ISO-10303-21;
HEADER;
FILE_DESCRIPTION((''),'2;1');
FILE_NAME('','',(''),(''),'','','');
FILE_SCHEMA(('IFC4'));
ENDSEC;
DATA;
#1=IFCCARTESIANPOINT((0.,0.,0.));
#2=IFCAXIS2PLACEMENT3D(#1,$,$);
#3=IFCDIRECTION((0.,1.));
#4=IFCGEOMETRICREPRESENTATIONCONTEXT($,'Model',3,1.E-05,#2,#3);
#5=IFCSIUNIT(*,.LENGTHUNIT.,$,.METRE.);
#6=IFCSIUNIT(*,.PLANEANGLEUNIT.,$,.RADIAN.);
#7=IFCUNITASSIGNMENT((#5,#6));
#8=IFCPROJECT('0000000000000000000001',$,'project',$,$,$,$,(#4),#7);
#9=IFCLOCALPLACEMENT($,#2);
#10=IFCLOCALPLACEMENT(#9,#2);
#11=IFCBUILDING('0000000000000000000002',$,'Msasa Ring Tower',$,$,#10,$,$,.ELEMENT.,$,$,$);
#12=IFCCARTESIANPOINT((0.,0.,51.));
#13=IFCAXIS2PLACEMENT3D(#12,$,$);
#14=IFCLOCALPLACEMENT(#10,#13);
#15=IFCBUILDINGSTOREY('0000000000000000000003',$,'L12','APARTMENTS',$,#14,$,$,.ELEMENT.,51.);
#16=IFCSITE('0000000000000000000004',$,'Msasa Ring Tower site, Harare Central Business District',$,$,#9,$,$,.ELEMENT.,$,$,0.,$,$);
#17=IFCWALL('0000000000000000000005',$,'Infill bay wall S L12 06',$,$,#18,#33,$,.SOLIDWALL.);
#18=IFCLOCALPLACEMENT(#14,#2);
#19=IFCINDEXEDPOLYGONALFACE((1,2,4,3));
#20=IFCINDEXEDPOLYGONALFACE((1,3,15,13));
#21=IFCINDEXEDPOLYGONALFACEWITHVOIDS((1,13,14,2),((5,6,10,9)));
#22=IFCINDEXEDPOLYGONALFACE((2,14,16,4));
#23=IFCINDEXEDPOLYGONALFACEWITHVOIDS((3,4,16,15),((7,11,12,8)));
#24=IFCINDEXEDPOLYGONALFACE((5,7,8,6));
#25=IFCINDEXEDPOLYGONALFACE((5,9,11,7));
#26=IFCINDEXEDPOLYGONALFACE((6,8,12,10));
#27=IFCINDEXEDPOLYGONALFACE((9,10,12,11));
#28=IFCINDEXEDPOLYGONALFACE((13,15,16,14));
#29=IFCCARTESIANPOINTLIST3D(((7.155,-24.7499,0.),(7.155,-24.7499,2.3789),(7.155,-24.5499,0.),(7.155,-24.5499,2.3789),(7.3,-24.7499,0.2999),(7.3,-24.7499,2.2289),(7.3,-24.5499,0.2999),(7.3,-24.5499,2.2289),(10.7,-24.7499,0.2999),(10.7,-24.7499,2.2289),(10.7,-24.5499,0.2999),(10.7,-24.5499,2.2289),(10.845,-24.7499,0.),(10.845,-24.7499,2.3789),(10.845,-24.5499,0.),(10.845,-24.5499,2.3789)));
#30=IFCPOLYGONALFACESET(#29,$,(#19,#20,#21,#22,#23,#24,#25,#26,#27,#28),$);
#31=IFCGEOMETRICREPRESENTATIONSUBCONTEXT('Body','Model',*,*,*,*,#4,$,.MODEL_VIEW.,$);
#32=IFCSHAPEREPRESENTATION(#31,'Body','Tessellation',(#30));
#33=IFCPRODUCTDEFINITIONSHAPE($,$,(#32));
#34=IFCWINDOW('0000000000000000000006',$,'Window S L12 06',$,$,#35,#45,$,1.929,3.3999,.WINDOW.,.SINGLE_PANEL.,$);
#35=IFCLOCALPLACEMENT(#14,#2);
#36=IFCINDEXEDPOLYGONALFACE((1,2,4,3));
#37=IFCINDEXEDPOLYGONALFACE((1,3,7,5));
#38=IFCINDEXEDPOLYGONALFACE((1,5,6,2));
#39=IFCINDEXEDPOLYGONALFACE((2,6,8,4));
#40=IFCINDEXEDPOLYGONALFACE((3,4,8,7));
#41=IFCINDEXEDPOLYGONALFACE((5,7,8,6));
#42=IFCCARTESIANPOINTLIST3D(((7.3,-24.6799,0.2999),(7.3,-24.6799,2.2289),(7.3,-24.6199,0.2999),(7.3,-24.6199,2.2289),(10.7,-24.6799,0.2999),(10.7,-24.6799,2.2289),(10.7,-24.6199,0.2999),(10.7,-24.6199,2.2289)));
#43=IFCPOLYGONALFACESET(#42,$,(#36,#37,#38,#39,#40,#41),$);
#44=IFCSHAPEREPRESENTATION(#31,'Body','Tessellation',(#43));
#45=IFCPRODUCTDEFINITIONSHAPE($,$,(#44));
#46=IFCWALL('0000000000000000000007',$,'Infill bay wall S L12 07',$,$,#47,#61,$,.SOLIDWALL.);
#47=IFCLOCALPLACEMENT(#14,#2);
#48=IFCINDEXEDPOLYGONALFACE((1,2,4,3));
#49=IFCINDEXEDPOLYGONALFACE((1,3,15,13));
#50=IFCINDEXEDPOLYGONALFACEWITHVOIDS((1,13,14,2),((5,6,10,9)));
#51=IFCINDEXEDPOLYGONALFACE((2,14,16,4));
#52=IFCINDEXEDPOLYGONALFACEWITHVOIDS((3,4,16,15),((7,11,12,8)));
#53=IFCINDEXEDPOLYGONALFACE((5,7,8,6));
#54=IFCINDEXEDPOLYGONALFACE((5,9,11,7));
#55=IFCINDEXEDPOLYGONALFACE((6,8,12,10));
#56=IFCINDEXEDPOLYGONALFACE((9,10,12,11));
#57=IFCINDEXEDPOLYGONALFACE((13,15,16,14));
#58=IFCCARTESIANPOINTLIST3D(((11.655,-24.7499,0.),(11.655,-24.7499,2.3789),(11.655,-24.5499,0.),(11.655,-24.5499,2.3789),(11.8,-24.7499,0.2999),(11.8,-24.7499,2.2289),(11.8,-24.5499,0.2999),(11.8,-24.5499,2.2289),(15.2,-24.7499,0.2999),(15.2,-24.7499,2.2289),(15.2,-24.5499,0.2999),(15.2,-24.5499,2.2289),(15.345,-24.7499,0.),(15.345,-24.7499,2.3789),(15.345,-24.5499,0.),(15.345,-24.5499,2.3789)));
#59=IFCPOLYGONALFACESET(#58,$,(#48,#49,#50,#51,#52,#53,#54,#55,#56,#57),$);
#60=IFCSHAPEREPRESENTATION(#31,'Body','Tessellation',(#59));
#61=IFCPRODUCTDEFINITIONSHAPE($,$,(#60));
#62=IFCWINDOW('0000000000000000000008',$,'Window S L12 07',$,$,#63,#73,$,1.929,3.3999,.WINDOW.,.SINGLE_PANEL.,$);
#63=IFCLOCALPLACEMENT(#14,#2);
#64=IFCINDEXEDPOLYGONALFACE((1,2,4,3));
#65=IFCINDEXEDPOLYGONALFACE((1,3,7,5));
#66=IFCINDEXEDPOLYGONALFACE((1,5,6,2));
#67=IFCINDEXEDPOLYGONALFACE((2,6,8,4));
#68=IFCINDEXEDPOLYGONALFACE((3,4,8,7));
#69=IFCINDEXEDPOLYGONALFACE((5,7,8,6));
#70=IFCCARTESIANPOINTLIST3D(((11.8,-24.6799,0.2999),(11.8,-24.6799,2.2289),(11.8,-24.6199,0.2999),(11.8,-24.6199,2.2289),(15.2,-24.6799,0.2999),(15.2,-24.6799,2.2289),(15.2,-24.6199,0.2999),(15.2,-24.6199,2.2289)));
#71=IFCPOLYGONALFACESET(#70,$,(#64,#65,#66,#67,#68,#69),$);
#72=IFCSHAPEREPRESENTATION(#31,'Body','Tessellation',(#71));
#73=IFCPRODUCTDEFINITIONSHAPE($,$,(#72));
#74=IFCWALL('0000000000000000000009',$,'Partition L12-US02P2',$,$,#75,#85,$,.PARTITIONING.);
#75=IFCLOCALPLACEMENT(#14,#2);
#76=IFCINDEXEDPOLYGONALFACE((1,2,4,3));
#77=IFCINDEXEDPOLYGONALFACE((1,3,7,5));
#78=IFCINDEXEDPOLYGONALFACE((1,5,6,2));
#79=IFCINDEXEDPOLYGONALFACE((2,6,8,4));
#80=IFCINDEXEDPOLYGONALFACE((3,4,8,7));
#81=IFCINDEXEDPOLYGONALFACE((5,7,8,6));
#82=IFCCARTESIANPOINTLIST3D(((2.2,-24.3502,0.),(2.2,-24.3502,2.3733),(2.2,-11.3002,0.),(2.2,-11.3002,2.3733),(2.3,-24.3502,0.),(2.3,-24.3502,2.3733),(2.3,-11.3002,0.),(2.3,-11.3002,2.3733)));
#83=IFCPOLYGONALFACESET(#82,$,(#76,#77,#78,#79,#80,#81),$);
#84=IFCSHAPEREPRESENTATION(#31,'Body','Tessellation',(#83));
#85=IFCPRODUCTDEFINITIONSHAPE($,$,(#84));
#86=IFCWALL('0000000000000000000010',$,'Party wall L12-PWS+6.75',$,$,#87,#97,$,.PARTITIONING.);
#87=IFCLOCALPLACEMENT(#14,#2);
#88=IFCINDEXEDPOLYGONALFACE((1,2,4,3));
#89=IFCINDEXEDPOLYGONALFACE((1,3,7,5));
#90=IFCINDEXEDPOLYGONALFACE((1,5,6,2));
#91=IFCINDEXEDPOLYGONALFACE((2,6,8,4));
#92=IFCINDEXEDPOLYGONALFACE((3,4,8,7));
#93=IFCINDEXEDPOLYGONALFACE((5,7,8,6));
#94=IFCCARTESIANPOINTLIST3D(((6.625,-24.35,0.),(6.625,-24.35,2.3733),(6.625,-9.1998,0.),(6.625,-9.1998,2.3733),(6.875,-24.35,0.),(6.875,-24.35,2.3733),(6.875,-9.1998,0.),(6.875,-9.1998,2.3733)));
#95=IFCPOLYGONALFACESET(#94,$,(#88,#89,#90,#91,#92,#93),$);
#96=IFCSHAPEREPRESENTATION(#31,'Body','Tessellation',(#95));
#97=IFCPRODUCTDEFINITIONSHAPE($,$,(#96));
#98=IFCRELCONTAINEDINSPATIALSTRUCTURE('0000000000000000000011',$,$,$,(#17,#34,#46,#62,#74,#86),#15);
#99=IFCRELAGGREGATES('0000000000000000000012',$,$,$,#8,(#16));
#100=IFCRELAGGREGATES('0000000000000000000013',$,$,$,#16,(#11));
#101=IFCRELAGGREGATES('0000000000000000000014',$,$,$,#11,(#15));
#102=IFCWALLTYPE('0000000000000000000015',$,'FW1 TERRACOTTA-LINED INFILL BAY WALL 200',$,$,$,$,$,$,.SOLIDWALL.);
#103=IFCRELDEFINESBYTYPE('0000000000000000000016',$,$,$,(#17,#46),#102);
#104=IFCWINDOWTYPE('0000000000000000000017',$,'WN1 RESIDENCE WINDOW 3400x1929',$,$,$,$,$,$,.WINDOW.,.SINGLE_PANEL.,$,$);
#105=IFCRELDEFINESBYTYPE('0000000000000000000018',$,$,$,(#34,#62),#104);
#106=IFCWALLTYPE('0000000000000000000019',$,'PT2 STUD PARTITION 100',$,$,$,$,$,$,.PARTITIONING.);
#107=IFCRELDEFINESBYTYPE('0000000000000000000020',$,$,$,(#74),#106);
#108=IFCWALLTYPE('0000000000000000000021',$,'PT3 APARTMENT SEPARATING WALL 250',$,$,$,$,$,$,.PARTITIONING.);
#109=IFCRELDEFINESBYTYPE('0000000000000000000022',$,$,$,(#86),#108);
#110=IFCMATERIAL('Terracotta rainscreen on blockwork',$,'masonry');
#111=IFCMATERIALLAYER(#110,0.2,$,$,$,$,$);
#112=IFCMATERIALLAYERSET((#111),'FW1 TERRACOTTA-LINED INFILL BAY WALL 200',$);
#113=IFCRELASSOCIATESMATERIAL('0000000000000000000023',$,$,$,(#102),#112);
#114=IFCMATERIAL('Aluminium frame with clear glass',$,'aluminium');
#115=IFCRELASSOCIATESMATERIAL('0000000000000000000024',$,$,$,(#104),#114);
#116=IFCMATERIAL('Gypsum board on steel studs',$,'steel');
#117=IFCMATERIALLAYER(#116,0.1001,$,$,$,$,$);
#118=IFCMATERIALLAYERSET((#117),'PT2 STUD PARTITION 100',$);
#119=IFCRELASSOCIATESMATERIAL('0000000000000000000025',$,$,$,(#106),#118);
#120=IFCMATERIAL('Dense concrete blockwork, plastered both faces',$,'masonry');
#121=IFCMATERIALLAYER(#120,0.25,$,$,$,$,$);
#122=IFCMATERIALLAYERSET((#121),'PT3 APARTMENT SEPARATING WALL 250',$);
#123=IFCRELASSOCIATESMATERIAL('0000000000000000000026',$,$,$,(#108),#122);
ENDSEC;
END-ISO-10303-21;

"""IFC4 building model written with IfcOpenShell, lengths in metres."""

from ifc_helpers import new_model, si_unit, direction, frame, frame_2d, origin, place, context, subcontext, project, spatial, rectangle, extrude, material, layer, layer_set, type_object, element, fill, save


model = new_model("IFC4")

# Units and contexts
model_context = context("Model", 3, precision=1e-05, world=origin(), true_north=direction((0.0, 1.0)))
body_context = subcontext(model_context, "Body", "Model", "MODEL_VIEW")
ifc_project = project(units=[si_unit("LENGTHUNIT", "METRE"), si_unit("PLANEANGLEUNIT", "RADIAN")], contexts=[model_context])

# Site, building, storey
site_placement = place(None, origin())
site = spatial("IfcSite", under=ifc_project, at=site_placement, Name="Msasa Ring Tower site, Harare Central Business District", CompositionType="ELEMENT", RefElevation=0.0)
building_placement = place(site_placement, origin())
building = spatial("IfcBuilding", under=site, at=building_placement, Name="Msasa Ring Tower", CompositionType="ELEMENT")
storey_placement = place(building_placement, frame((0.0, 0.0, 51.0)))
storey = spatial("IfcBuildingStorey", under=building, at=storey_placement, Name="L12", Description="APARTMENTS", CompositionType="ELEMENT", Elevation=51.0)

# Walls, openings, windows
ifc_material_1 = material(Name="Terracotta rainscreen on blockwork", Category="masonry")
ifc_layer_1 = layer(ifc_material_1, 0.2)
ifc_layer_set_1 = layer_set([ifc_layer_1], Name="FW1 TERRACOTTA-LINED INFILL BAY WALL 200")
wall_type_1 = type_object("IfcWallType", Name="FW1 TERRACOTTA-LINED INFILL BAY WALL 200", PredefinedType="SOLIDWALL", material=ifc_layer_set_1)
ifc_material_2 = material(Name="Aluminium frame with clear glass", Category="aluminium")
window_type = type_object("IfcWindowType", Name="WN1 RESIDENCE WINDOW 3400x1929", PartitioningType="SINGLE_PANEL", PredefinedType="WINDOW", material=ifc_material_2)
wall_1_placement = place(storey_placement, frame((7.155, -24.6499, 0.0), z_axis=(0.0, 0.0, 1.0), x_axis=(1.0, 0.0, 0.0)))
wall_1 = element("IfcWall", 1, at=wall_1_placement, inside=storey, type_object=wall_type_1, Name="Infill bay wall S L12 06", PredefinedType="SOLIDWALL", context=body_context, shape_type="SweptSolid", body=[
    extrude(rectangle(XDim=3.6899, YDim=0.2, at=frame_2d((1.845, 0.0))), origin(), (0.0, 0.0, 1.0), 2.3789),
])
opening_1_placement = place(wall_1_placement, frame((0.145, 0.0, 0.3)))
opening_1 = element("IfcOpeningElement", 2, at=opening_1_placement, cuts=wall_1, PredefinedType="OPENING", context=body_context, shape_type="SweptSolid", body=[
    extrude(rectangle(XDim=3.3999, YDim=1.929, at=frame_2d((1.7, 0.9644))), frame((0.0, 0.1099, 0.0), z_axis=(0.0, -1.0, 0.0), x_axis=(1.0, 0.0, 0.0)), (0.0, 0.0, 1.0), 0.22),
])
window_1_placement = place(opening_1_placement, origin())
window_1 = element("IfcWindow", 3, at=window_1_placement, inside=storey, type_object=window_type, Name="Window S L12 06", OverallHeight=1.929, OverallWidth=3.3999, PartitioningType="SINGLE_PANEL", PredefinedType="WINDOW", context=body_context, shape_type="SweptSolid", body=[
    extrude(rectangle(XDim=3.3999, YDim=1.929, at=frame_2d((1.7, 0.9644))), frame((0.0, 0.03, 0.0), z_axis=(0.0, -1.0, 0.0), x_axis=(1.0, 0.0, 0.0)), (0.0, 0.0, 1.0), 0.0601),
])
fill(opening_1, window_1)
wall_2_placement = place(storey_placement, frame((11.655, -24.6499, 0.0), z_axis=(0.0, 0.0, 1.0), x_axis=(1.0, 0.0, 0.0)))
wall_2 = element("IfcWall", 4, at=wall_2_placement, inside=storey, type_object=wall_type_1, Name="Infill bay wall S L12 07", PredefinedType="SOLIDWALL", context=body_context, shape_type="SweptSolid", body=[
    extrude(rectangle(XDim=3.6899, YDim=0.2, at=frame_2d((1.845, 0.0))), origin(), (0.0, 0.0, 1.0), 2.3789),
])
opening_2_placement = place(wall_2_placement, frame((0.145, 0.0, 0.3)))
opening_2 = element("IfcOpeningElement", 5, at=opening_2_placement, cuts=wall_2, PredefinedType="OPENING", context=body_context, shape_type="SweptSolid", body=[
    extrude(rectangle(XDim=3.3999, YDim=1.929, at=frame_2d((1.7, 0.9644))), frame((0.0, 0.1099, 0.0), z_axis=(0.0, -1.0, 0.0), x_axis=(1.0, 0.0, 0.0)), (0.0, 0.0, 1.0), 0.22),
])
window_2_placement = place(opening_2_placement, origin())
window_2 = element("IfcWindow", 6, at=window_2_placement, inside=storey, type_object=window_type, Name="Window S L12 07", OverallHeight=1.929, OverallWidth=3.3999, PartitioningType="SINGLE_PANEL", PredefinedType="WINDOW", context=body_context, shape_type="SweptSolid", body=[
    extrude(rectangle(XDim=3.3999, YDim=1.929, at=frame_2d((1.7, 0.9644))), frame((0.0, 0.03, 0.0), z_axis=(0.0, -1.0, 0.0), x_axis=(1.0, 0.0, 0.0)), (0.0, 0.0, 1.0), 0.0601),
])
fill(opening_2, window_2)

# Walls
ifc_material_3 = material(Name="Gypsum board on steel studs", Category="steel")
ifc_layer_2 = layer(ifc_material_3, 0.1001)
ifc_layer_set_2 = layer_set([ifc_layer_2], Name="PT2 STUD PARTITION 100")
wall_type_2 = type_object("IfcWallType", Name="PT2 STUD PARTITION 100", PredefinedType="PARTITIONING", material=ifc_layer_set_2)
wall_3_placement = place(storey_placement, frame((2.25, -24.3501, 0.0), z_axis=(0.0, 0.0, 1.0), x_axis=(0.0, 1.0, 0.0)))
element("IfcWall", 7, at=wall_3_placement, inside=storey, type_object=wall_type_2, Name="Partition L12-US02P2", PredefinedType="PARTITIONING", context=body_context, shape_type="SweptSolid", body=[
    extrude(rectangle(XDim=13.05, YDim=0.1001, at=frame_2d((6.5249, 0.0))), origin(), (0.0, 0.0, 1.0), 2.3733),
])
ifc_material_4 = material(Name="Dense concrete blockwork, plastered both faces", Category="masonry")
ifc_layer_3 = layer(ifc_material_4, 0.25)
ifc_layer_set_3 = layer_set([ifc_layer_3], Name="PT3 APARTMENT SEPARATING WALL 250")
wall_type_3 = type_object("IfcWallType", Name="PT3 APARTMENT SEPARATING WALL 250", PredefinedType="PARTITIONING", material=ifc_layer_set_3)
wall_4_placement = place(storey_placement, frame((6.75, -24.3501, 0.0), z_axis=(0.0, 0.0, 1.0), x_axis=(0.0, 1.0, 0.0)))
element("IfcWall", 8, at=wall_4_placement, inside=storey, type_object=wall_type_3, Name="Party wall L12-PWS+6.75", PredefinedType="PARTITIONING", context=body_context, shape_type="SweptSolid", body=[
    extrude(rectangle(XDim=15.1501, YDim=0.25, at=frame_2d((7.5752, 0.0))), origin(), (0.0, 0.0, 1.0), 2.3733),
])

save(model, "model.ifc")
